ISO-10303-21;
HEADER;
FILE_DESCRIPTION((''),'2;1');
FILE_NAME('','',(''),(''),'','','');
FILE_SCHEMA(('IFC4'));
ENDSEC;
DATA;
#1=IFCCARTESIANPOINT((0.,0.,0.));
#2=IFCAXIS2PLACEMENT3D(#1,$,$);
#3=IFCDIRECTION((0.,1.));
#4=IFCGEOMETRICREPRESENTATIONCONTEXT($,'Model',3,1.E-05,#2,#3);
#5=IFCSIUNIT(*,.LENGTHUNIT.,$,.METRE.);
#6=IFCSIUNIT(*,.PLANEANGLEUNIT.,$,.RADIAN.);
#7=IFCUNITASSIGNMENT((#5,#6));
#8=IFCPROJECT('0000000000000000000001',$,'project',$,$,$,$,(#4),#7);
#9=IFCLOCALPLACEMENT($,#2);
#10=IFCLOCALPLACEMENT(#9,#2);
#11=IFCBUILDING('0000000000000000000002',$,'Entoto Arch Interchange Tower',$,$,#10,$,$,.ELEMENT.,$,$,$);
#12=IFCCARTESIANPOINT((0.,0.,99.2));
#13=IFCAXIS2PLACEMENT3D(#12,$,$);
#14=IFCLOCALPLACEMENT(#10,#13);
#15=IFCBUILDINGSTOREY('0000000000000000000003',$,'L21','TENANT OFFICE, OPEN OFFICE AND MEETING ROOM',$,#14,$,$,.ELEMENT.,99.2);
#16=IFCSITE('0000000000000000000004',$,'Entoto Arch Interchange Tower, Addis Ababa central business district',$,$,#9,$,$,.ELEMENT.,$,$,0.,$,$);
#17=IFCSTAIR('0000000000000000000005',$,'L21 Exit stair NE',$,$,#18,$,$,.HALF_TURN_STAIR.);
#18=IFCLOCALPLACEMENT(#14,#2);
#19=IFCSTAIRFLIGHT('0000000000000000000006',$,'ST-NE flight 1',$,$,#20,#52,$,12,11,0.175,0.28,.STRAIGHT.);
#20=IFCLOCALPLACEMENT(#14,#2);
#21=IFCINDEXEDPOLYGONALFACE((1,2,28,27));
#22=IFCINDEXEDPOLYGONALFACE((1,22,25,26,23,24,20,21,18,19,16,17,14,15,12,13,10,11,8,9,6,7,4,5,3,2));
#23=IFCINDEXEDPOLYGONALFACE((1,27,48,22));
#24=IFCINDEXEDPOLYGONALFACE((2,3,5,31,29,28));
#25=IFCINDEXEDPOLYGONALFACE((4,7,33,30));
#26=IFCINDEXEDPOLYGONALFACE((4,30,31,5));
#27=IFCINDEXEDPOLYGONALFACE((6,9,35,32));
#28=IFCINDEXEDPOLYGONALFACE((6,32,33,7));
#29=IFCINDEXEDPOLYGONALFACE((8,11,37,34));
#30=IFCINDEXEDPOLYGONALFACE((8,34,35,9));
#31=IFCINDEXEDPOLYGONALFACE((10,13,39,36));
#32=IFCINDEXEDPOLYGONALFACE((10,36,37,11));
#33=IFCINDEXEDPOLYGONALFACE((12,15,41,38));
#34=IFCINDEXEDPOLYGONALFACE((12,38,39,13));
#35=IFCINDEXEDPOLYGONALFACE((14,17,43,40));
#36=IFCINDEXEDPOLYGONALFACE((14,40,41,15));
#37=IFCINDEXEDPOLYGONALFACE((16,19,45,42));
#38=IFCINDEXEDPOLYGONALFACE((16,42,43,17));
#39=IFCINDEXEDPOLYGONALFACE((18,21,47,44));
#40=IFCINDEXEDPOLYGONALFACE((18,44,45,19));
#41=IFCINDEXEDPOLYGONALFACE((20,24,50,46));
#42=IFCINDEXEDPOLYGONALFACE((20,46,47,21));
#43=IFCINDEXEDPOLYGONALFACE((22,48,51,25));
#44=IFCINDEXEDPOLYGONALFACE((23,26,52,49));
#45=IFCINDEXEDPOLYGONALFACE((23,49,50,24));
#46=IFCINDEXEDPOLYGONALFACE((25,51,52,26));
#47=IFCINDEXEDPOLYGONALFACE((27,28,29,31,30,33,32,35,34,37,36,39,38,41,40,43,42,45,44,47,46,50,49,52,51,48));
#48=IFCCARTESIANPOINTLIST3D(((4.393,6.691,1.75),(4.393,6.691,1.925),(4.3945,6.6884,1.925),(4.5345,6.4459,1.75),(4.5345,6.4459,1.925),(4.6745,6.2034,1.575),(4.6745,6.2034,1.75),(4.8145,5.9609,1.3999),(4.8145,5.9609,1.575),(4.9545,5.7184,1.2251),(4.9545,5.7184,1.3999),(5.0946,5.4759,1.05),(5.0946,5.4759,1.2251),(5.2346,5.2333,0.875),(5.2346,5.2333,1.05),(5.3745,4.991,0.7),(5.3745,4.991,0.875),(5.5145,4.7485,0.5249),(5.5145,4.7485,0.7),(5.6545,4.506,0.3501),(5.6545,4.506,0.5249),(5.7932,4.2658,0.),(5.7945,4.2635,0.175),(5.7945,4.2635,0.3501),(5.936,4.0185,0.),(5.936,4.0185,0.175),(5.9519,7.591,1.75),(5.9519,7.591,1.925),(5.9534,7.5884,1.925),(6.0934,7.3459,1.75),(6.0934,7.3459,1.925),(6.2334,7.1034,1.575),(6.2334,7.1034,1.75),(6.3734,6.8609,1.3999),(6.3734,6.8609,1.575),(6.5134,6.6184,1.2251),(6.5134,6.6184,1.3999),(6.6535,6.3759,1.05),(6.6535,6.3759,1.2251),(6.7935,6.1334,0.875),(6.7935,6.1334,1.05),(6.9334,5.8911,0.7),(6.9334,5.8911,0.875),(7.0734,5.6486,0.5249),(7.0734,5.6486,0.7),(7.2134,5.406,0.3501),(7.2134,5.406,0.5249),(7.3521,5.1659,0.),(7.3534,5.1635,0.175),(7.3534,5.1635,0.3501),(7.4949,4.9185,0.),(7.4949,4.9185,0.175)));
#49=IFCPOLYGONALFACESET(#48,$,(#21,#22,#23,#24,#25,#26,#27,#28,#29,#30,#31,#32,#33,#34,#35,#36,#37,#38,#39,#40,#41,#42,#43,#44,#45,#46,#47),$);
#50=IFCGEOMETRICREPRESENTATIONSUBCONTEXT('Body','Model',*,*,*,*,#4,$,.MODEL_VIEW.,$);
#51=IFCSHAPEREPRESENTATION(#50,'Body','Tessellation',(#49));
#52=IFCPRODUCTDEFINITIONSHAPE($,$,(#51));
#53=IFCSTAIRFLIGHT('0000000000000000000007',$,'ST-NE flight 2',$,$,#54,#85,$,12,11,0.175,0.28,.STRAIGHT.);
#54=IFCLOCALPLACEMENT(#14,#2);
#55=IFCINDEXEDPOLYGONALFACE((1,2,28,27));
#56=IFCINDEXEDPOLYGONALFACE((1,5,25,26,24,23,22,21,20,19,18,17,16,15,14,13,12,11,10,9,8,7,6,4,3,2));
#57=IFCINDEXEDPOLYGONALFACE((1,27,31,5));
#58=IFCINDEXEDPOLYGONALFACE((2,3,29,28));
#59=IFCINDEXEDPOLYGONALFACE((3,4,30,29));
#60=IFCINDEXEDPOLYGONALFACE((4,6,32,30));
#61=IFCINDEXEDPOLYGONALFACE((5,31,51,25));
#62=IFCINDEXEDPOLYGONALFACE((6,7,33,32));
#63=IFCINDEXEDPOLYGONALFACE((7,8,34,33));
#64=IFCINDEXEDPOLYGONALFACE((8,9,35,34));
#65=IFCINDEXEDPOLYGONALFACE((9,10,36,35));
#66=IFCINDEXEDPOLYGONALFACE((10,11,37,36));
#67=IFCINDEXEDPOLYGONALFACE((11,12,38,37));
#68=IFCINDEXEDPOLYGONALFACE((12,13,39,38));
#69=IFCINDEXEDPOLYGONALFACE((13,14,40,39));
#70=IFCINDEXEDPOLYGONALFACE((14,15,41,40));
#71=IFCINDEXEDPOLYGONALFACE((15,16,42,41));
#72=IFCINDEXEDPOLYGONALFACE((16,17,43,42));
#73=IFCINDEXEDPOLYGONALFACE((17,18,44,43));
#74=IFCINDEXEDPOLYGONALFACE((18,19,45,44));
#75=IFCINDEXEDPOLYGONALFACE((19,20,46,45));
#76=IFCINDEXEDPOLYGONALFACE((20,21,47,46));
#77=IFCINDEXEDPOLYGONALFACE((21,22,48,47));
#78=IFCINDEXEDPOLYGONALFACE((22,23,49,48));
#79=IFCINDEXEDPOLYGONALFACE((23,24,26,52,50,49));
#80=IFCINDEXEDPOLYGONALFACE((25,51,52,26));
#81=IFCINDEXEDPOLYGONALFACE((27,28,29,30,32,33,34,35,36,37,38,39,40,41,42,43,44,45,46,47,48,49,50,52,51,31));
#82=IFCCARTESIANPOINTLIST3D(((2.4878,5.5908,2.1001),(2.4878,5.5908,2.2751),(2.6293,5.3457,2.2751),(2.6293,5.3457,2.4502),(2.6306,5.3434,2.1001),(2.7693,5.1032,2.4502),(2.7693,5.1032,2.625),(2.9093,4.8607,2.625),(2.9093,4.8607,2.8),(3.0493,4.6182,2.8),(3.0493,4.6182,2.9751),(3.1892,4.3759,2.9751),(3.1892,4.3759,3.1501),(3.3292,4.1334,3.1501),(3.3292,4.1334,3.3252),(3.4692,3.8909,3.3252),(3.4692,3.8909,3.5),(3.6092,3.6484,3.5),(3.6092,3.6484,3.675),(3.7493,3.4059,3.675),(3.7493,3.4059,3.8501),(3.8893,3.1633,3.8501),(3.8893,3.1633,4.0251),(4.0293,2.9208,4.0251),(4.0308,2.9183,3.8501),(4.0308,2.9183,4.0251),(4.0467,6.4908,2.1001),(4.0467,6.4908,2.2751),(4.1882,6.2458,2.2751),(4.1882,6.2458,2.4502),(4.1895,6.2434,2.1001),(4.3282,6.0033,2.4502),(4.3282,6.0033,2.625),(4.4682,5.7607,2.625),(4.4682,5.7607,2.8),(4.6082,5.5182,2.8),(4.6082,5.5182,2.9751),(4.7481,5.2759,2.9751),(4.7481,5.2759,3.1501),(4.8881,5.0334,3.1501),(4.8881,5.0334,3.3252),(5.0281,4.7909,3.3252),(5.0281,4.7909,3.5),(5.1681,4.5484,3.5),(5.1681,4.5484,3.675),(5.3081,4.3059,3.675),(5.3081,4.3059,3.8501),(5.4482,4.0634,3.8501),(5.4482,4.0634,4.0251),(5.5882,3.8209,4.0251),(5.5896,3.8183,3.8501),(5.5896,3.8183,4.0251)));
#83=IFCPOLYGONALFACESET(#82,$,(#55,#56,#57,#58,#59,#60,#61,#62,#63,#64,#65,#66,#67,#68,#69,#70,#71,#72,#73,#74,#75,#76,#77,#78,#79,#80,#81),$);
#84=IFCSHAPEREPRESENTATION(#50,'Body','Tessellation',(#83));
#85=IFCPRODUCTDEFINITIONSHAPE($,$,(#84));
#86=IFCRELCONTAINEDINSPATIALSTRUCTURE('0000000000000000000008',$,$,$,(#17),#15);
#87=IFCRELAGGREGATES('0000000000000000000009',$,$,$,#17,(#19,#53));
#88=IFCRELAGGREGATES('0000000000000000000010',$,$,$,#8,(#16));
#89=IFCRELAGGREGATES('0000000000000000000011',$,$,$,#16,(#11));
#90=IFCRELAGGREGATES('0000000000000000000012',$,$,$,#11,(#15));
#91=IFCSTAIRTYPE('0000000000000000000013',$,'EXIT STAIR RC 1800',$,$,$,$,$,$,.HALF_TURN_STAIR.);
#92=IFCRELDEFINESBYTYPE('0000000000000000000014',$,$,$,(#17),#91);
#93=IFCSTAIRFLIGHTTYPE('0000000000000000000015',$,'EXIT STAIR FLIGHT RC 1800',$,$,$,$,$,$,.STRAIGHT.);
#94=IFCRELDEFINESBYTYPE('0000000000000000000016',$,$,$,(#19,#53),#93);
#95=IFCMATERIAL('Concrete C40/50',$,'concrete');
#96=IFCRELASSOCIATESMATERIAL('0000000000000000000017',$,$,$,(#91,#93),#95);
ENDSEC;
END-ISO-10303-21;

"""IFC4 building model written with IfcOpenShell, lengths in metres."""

from ifc_helpers import new_model, si_unit, direction, frame, origin, place, context, subcontext, project, spatial, polyline, outline, extrude, material, type_object, element, aggregate, save


model = new_model("IFC4")

# Units and contexts
model_context = context("Model", 3, precision=1e-05, world=origin(), true_north=direction((0.0, 1.0)))
body_context = subcontext(model_context, "Body", "Model", "MODEL_VIEW")
ifc_project = project(units=[si_unit("LENGTHUNIT", "METRE"), si_unit("PLANEANGLEUNIT", "RADIAN")], contexts=[model_context])

# Site, building, storey
site_placement = place(None, origin())
site = spatial("IfcSite", under=ifc_project, at=site_placement, Name="Entoto Arch Interchange Tower, Addis Ababa central business district", CompositionType="ELEMENT", RefElevation=0.0)
building_placement = place(site_placement, origin())
building = spatial("IfcBuilding", under=site, at=building_placement, Name="Entoto Arch Interchange Tower", CompositionType="ELEMENT")
storey_placement = place(building_placement, frame((0.0, 0.0, 99.2)))
storey = spatial("IfcBuildingStorey", under=building, at=storey_placement, Name="L21", Description="TENANT OFFICE, OPEN OFFICE AND MEETING ROOM", CompositionType="ELEMENT", Elevation=99.2)

# Shared definitions
ifc_material_1 = material(Name="Concrete C40/50", Category="concrete")

# Stair, stair flights
stair_type = type_object("IfcStairType", Name="EXIT STAIR RC 1800", PredefinedType="HALF_TURN_STAIR", material=ifc_material_1)
stair_placement = place(storey_placement, origin())
stair = element("IfcStair", 1, at=stair_placement, inside=storey, type_object=stair_type, Name="L21 Exit stair NE", PredefinedType="HALF_TURN_STAIR")
stair_flight_type = type_object("IfcStairFlightType", Name="EXIT STAIR FLIGHT RC 1800", PredefinedType="STRAIGHT", material=ifc_material_1)
stair_flight_1_placement = place(storey_placement, frame((6.7139, 4.4709, 0.0), z_axis=(0.0, 0.0, 1.0), x_axis=(-0.5, 0.866025, 0.0)))
stair_flight_1 = element("IfcStairFlight", 2, at=stair_flight_1_placement, type_object=stair_flight_type, Name="ST-NE flight 1", NumberOfRisers=12, NumberOfTreads=11, PredefinedType="STRAIGHT", RiserHeight=0.175, TreadLength=0.28, context=body_context, shape_type="SweptSolid", body=[
    extrude(outline(polyline([(-0.0029, 0.0), (-0.0029, 0.175), (0.28, 0.175), (0.28, 0.3501), (0.5601, 0.3501), (0.5601, 0.5249), (0.8401, 0.5249), (0.8401, 0.7), (1.1201, 0.7), (1.1201, 0.875), (1.3999, 0.875), (1.3999, 1.05), (1.6799, 1.05), (1.6799, 1.2251), (1.96, 1.2251), (1.96, 1.3999), (2.24, 1.3999), (2.24, 1.575), (2.52, 1.575), (2.52, 1.75), (2.8, 1.75), (2.8, 1.925), (3.0801, 1.925), (3.083, 1.925), (3.083, 1.75), (0.2827, 0.0), (-0.0029, 0.0)])), frame((0.0, 0.8999, 0.0), z_axis=(0.0, -1.0, 0.0), x_axis=(1.0, 0.0, 0.0)), (0.0, 0.0, 1.0), 1.8),
])
stair_flight_2_placement = place(storey_placement, frame((3.2688, 6.0383, 2.1001), z_axis=(0.0, 0.0, 1.0), x_axis=(0.5, -0.866025, 0.0)))
stair_flight_2 = element("IfcStairFlight", 3, at=stair_flight_2_placement, type_object=stair_flight_type, Name="ST-NE flight 2", NumberOfRisers=12, NumberOfTreads=11, PredefinedType="STRAIGHT", RiserHeight=0.175, TreadLength=0.28, context=body_context, shape_type="SweptSolid", body=[
    extrude(outline(polyline([(-0.0029, 0.0), (-0.0029, 0.175), (0.28, 0.175), (0.28, 0.3501), (0.5601, 0.3501), (0.5601, 0.5249), (0.8401, 0.5249), (0.8401, 0.7), (1.1201, 0.7), (1.1201, 0.875), (1.3999, 0.875), (1.3999, 1.05), (1.6799, 1.05), (1.6799, 1.2251), (1.96, 1.2251), (1.96, 1.3999), (2.24, 1.3999), (2.24, 1.575), (2.52, 1.575), (2.52, 1.75), (2.8, 1.75), (2.8, 1.925), (3.0801, 1.925), (3.083, 1.925), (3.083, 1.75), (0.2827, 0.0), (-0.0029, 0.0)])), frame((0.0, 0.8999, 0.0), z_axis=(0.0, -1.0, 0.0), x_axis=(1.0, 0.0, 0.0)), (0.0, 0.0, 1.0), 1.8),
])
aggregate(stair, [stair_flight_1, stair_flight_2])

save(model, "model.ifc")
